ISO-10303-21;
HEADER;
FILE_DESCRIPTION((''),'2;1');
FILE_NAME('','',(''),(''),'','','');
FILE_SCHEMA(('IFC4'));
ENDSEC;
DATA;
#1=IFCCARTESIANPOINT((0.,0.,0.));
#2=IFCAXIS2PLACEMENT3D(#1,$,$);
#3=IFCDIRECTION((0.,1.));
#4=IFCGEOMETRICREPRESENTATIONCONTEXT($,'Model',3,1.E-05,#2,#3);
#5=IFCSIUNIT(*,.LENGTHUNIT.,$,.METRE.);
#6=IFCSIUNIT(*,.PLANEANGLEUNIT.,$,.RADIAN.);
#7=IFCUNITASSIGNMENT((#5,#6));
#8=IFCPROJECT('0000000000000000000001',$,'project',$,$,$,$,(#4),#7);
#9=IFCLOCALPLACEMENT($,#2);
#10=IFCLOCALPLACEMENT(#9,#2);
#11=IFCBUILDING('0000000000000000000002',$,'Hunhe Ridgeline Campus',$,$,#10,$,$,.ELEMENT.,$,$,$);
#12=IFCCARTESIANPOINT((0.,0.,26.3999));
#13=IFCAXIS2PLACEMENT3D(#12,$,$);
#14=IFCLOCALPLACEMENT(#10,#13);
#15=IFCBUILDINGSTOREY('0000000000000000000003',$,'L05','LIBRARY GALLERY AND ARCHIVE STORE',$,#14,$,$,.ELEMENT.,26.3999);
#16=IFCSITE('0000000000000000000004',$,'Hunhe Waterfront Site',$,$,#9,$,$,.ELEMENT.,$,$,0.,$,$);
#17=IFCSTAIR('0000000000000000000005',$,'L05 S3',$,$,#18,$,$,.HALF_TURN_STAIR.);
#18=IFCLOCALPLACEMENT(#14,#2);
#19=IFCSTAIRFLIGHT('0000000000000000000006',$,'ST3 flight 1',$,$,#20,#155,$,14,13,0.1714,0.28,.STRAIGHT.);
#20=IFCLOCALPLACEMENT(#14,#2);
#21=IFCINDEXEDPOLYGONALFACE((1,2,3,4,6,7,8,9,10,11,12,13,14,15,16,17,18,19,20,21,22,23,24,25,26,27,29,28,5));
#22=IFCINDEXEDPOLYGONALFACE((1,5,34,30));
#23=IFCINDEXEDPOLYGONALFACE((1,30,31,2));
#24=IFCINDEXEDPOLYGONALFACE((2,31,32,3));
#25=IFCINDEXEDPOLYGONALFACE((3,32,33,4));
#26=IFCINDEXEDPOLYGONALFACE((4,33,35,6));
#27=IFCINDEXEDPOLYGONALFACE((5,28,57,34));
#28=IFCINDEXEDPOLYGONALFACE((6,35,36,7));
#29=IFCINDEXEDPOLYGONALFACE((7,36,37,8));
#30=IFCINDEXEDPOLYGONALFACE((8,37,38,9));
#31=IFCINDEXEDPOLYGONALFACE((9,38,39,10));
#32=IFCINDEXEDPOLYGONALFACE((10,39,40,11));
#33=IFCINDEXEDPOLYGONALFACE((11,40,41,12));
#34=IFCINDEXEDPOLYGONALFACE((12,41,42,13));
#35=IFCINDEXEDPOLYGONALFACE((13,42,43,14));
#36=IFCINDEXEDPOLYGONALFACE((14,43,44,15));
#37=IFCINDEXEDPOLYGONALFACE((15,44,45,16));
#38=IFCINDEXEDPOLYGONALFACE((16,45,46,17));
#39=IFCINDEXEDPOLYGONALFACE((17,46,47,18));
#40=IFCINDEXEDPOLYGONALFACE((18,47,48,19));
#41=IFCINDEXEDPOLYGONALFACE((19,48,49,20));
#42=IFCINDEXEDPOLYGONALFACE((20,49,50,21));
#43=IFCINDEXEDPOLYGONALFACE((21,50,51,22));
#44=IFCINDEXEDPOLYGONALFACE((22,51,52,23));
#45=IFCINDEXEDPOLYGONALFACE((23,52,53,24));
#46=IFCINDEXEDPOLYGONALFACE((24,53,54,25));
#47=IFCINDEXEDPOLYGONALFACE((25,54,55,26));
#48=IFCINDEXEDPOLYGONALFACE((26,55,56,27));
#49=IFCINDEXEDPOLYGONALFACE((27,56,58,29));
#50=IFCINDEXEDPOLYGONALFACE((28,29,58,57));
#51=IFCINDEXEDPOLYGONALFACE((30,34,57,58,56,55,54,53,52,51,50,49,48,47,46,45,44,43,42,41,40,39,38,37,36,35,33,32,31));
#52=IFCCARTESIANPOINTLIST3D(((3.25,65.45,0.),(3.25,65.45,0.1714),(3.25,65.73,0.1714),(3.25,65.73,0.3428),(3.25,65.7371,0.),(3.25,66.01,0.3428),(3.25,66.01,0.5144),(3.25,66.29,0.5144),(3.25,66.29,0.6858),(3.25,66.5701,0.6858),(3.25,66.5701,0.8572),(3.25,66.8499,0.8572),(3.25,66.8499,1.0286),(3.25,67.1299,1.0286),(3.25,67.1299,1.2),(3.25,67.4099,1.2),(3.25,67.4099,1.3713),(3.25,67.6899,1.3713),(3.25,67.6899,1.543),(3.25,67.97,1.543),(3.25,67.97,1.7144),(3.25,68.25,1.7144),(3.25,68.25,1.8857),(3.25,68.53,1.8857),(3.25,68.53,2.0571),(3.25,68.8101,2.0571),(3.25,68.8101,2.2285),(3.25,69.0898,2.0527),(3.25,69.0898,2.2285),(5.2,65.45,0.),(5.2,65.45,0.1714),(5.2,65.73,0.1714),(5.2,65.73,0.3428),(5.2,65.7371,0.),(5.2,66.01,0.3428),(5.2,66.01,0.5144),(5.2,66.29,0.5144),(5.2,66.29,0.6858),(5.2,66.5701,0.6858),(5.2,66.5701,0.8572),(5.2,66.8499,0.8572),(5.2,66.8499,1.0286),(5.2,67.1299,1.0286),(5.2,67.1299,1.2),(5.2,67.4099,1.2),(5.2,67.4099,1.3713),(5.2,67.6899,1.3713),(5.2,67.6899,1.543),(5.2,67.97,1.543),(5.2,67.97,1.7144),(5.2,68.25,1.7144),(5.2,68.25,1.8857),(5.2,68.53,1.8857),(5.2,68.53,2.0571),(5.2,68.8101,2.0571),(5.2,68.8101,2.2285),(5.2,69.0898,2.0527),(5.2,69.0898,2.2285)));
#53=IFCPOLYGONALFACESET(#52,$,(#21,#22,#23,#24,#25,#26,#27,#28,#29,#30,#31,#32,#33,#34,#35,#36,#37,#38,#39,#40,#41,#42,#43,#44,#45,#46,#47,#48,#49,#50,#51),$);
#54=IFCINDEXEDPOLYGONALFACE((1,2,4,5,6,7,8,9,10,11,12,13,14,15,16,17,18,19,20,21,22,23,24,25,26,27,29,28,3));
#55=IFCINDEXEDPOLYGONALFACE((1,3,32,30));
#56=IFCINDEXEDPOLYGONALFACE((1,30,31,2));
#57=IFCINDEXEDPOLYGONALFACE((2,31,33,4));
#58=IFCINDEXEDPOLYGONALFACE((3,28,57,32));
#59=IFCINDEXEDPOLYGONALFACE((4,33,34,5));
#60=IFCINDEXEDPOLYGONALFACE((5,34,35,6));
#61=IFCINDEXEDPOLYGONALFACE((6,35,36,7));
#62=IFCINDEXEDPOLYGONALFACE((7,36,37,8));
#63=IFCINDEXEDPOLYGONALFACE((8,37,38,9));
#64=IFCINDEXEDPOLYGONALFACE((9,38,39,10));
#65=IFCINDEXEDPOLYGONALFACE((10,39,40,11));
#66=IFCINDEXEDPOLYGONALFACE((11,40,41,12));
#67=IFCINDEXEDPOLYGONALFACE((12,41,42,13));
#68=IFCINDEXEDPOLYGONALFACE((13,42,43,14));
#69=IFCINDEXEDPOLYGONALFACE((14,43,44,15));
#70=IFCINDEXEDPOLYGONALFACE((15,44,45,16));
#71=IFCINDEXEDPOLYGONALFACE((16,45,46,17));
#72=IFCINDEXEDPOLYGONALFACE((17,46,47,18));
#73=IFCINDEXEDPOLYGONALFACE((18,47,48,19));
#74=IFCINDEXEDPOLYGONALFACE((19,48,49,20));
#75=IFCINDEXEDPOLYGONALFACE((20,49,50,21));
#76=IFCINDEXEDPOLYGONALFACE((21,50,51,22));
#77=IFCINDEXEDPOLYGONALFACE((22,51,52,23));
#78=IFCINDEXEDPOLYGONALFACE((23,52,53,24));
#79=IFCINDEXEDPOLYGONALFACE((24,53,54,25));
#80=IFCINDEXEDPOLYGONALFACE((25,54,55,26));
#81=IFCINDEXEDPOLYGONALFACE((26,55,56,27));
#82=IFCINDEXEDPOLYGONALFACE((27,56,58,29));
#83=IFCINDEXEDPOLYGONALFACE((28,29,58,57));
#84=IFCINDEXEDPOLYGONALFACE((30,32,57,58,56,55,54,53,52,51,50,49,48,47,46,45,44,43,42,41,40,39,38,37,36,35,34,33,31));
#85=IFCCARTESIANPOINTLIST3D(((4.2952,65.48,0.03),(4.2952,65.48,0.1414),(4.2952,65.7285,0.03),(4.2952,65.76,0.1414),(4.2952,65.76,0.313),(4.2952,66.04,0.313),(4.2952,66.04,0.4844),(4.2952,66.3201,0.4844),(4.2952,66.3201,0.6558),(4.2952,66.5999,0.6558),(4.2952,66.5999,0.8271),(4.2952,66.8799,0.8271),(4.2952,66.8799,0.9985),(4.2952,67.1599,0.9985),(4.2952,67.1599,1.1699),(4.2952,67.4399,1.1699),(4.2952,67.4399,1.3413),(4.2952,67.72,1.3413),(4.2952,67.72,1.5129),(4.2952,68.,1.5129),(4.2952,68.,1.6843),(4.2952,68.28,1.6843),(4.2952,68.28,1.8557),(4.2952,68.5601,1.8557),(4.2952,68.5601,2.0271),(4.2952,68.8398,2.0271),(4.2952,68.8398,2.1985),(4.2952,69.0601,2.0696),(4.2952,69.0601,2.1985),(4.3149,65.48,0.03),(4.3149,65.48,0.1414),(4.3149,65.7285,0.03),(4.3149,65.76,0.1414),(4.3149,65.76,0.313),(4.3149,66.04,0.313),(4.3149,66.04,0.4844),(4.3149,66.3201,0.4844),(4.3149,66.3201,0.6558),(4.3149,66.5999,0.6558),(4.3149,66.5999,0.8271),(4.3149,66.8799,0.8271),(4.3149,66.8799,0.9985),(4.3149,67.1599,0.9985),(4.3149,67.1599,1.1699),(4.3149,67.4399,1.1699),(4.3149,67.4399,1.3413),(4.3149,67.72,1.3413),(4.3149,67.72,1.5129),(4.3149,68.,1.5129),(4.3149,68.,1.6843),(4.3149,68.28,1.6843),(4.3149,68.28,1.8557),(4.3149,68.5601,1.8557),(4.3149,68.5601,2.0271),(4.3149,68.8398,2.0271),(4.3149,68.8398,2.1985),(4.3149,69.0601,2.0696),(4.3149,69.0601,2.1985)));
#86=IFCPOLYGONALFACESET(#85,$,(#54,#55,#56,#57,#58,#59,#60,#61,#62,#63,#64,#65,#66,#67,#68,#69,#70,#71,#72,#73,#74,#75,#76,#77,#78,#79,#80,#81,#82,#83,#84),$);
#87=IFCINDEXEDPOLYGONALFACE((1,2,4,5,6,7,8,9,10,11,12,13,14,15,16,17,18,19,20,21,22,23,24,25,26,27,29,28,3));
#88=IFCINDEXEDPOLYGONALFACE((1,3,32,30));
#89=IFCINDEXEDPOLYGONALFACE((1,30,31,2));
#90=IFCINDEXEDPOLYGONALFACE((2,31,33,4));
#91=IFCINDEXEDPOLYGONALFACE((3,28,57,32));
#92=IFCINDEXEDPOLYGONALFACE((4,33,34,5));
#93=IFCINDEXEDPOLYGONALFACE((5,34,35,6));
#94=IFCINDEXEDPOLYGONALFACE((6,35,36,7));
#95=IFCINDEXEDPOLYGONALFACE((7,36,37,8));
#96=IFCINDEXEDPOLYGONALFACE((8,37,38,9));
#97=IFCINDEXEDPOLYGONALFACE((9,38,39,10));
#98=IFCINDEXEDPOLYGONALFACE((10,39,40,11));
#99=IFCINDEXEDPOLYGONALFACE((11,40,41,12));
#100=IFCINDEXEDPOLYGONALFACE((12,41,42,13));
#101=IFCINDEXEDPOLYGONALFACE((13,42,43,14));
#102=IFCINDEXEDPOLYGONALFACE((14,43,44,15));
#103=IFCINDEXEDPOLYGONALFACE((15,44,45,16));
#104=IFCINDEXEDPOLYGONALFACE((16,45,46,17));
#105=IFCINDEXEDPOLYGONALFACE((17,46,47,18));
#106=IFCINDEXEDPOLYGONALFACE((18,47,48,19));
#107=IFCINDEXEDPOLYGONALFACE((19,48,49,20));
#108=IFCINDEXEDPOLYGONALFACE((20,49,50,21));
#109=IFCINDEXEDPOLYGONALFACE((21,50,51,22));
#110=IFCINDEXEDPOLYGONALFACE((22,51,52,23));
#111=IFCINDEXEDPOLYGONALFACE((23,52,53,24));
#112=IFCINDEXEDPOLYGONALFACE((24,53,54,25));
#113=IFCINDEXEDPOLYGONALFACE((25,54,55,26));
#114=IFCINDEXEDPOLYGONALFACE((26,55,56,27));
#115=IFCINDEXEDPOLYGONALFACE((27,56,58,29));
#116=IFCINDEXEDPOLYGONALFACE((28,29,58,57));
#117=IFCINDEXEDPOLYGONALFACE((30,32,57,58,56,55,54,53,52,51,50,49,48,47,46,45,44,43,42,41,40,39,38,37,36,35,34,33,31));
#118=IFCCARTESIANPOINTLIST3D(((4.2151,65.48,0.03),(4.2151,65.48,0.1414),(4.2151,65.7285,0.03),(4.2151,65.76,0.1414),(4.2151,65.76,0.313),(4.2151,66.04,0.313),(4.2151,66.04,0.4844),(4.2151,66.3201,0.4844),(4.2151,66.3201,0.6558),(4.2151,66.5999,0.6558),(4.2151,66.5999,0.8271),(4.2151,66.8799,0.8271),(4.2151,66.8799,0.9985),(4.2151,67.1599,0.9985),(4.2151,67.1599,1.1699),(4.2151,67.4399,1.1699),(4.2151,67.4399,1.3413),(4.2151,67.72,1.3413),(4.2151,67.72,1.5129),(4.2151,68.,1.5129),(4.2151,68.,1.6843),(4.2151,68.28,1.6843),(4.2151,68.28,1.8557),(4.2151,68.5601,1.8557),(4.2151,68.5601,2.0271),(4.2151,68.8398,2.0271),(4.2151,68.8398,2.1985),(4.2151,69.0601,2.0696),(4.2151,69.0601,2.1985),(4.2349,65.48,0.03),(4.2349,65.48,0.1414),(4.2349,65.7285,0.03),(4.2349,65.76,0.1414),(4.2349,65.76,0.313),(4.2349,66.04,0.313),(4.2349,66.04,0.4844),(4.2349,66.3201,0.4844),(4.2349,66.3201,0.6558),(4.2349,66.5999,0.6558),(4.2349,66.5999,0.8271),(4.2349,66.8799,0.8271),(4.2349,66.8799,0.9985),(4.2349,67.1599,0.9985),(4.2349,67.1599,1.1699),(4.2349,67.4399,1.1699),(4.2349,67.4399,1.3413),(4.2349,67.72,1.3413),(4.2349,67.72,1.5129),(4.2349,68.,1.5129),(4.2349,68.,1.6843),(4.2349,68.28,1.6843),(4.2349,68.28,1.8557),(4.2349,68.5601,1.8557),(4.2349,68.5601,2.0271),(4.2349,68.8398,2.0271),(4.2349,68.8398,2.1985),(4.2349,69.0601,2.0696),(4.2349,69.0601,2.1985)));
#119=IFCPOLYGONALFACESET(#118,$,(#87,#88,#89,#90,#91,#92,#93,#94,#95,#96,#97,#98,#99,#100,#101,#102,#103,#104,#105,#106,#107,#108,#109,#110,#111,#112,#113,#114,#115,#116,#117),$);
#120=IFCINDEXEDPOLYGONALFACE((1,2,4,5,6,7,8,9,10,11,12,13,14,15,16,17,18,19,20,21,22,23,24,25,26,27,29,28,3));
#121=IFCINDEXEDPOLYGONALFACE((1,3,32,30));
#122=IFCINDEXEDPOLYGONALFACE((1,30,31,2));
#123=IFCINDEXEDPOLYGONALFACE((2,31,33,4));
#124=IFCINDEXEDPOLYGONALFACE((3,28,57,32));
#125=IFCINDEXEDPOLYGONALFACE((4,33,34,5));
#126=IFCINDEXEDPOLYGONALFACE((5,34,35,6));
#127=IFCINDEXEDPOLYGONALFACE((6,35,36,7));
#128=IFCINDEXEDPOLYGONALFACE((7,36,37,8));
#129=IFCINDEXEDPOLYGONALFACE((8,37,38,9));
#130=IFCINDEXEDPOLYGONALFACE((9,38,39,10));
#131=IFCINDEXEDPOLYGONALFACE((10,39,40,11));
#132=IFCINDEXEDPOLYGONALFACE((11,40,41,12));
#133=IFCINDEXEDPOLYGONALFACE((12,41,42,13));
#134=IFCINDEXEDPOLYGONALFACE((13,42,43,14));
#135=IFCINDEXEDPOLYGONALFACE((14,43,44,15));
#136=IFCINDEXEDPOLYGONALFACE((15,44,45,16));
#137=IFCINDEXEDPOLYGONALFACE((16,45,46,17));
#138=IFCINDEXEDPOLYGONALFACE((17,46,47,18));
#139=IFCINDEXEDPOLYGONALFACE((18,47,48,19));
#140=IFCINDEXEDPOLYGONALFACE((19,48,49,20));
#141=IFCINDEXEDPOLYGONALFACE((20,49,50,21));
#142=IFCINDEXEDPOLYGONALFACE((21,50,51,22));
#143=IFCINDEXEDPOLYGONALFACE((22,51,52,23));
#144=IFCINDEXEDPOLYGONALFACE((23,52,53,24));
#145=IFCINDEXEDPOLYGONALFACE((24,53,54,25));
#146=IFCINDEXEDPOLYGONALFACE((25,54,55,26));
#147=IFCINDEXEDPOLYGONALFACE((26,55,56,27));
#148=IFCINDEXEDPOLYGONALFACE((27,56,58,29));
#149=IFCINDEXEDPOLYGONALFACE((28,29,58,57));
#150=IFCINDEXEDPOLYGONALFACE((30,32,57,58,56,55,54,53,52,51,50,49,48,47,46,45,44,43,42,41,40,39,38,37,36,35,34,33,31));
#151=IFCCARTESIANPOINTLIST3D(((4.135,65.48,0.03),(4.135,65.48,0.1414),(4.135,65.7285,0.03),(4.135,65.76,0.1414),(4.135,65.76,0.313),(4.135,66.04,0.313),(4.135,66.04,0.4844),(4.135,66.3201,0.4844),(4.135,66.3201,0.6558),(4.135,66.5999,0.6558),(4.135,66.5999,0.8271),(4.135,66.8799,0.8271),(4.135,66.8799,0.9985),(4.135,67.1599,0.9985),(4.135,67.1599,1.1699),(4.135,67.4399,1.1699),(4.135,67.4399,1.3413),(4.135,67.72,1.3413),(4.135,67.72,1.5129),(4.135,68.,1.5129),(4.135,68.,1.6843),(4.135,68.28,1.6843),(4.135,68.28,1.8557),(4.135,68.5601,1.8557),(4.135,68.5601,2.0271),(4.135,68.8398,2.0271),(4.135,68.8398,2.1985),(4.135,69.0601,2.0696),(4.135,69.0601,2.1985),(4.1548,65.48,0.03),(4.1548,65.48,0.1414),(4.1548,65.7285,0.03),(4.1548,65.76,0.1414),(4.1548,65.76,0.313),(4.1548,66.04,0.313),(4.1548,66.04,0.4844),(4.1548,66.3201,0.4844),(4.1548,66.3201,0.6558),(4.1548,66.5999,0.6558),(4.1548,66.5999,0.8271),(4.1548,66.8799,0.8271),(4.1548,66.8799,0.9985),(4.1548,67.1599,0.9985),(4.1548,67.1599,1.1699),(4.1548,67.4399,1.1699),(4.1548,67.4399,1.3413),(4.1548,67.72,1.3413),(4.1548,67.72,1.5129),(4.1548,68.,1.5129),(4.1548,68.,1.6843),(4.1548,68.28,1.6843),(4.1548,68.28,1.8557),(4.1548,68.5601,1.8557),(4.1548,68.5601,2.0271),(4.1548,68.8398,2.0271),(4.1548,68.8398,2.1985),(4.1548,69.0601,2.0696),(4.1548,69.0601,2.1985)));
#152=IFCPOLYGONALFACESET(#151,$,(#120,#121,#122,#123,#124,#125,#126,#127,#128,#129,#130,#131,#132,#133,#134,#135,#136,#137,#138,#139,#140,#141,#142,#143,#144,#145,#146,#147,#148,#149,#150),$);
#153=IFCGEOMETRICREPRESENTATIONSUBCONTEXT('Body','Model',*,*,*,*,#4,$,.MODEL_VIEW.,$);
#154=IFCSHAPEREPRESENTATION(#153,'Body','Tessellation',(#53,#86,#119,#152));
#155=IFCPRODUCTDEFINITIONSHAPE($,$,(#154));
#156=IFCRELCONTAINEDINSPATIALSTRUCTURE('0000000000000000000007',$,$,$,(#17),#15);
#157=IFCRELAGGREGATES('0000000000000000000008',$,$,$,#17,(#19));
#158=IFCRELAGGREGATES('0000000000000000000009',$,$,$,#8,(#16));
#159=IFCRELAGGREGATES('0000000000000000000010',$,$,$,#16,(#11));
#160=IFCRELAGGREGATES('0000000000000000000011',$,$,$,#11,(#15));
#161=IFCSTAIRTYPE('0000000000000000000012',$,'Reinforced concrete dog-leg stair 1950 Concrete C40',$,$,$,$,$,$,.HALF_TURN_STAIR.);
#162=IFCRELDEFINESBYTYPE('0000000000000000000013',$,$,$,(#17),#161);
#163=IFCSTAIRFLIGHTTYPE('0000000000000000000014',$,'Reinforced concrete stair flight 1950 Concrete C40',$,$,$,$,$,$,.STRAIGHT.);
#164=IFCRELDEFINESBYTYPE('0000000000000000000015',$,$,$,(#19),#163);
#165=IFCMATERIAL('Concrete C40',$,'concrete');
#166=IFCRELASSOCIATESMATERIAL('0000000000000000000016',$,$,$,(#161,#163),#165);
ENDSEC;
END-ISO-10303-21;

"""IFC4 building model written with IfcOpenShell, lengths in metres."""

from ifc_helpers import new_model, si_unit, direction, frame, origin, place, context, subcontext, project, spatial, polyline, outline, extrude, material, type_object, element, aggregate, save


model = new_model("IFC4")

# Units and contexts
model_context = context("Model", 3, precision=1e-05, world=origin(), true_north=direction((0.0, 1.0)))
body_context = subcontext(model_context, "Body", "Model", "MODEL_VIEW")
ifc_project = project(units=[si_unit("LENGTHUNIT", "METRE"), si_unit("PLANEANGLEUNIT", "RADIAN")], contexts=[model_context])

# Site, building, storey
site_placement = place(None, origin())
site = spatial("IfcSite", under=ifc_project, at=site_placement, Name="Hunhe Waterfront Site", CompositionType="ELEMENT", RefElevation=0.0)
building_placement = place(site_placement, origin())
building = spatial("IfcBuilding", under=site, at=building_placement, Name="Hunhe Ridgeline Campus", CompositionType="ELEMENT")
storey_placement = place(building_placement, frame((0.0, 0.0, 26.3999)))
storey = spatial("IfcBuildingStorey", under=building, at=storey_placement, Name="L05", Description="LIBRARY GALLERY AND ARCHIVE STORE", CompositionType="ELEMENT", Elevation=26.3999)

# Stair, stair flight
ifc_material_1 = material(Name="Concrete C40", Category="concrete")
stair_type = type_object("IfcStairType", Name="Reinforced concrete dog-leg stair 1950 Concrete C40", PredefinedType="HALF_TURN_STAIR", material=ifc_material_1)
stair_1_placement = place(storey_placement, origin())
stair_1 = element("IfcStair", 1, at=stair_1_placement, inside=storey, type_object=stair_type, Name="L05 S3", PredefinedType="HALF_TURN_STAIR")
stair_flight_type = type_object("IfcStairFlightType", Name="Reinforced concrete stair flight 1950 Concrete C40", PredefinedType="STRAIGHT", material=ifc_material_1)
stair_flight_1_placement = place(storey_placement, frame((4.2251, 65.45, 0.0), z_axis=(0.0, 0.0, 1.0), x_axis=(0.0, 1.0, 0.0)))
stair_flight_1 = element("IfcStairFlight", 2, at=stair_flight_1_placement, type_object=stair_flight_type, Name="ST3 flight 1", NumberOfRisers=14, NumberOfTreads=13, PredefinedType="STRAIGHT", RiserHeight=0.1714, TreadLength=0.28, context=body_context, shape_type="SweptSolid", body=[
    extrude(outline(polyline([(0.0, 0.0), (0.0, 0.1714), (0.28, 0.1714), (0.28, 0.3428), (0.5601, 0.3428), (0.5601, 0.5144), (0.8401, 0.5144), (0.8401, 0.6858), (1.1201, 0.6858), (1.1201, 0.8572), (1.3999, 0.8572), (1.3999, 1.0286), (1.6799, 1.0286), (1.6799, 1.2), (1.96, 1.2), (1.96, 1.3713), (2.24, 1.3713), (2.24, 1.543), (2.52, 1.543), (2.52, 1.7144), (2.8, 1.7144), (2.8, 1.8857), (3.0801, 1.8857), (3.0801, 2.0571), (3.3601, 2.0571), (3.3601, 2.2285), (3.6399, 2.2285), (3.6399, 2.3999), (3.6399, 2.0527), (0.2871, 0.0), (0.0, 0.0)])), frame((0.0, 0.9751, 0.0), z_axis=(0.0, -1.0, 0.0), x_axis=(1.0, 0.0, 0.0)), (0.0, 0.0, 1.0), 1.95),
    extrude(outline(polyline([(0.03, 0.03), (0.03, 0.1414), (0.3101, 0.1414), (0.3101, 0.313), (0.5901, 0.313), (0.5901, 0.4844), (0.8701, 0.4844), (0.8701, 0.6558), (1.1499, 0.6558), (1.1499, 0.8271), (1.4299, 0.8271), (1.4299, 0.9985), (1.71, 0.9985), (1.71, 1.1699), (1.99, 1.1699), (1.99, 1.3413), (2.27, 1.3413), (2.27, 1.5129), (2.55, 1.5129), (2.55, 1.6843), (2.8301, 1.6843), (2.8301, 1.8557), (3.1101, 1.8557), (3.1101, 2.0271), (3.3899, 2.0271), (3.3899, 2.1985), (3.6101, 2.1985), (3.6101, 2.0696), (0.2786, 0.03), (0.03, 0.03)])), frame((0.0, -0.0701, 0.0), z_axis=(0.0, -1.0, 0.0), x_axis=(1.0, 0.0, 0.0)), (0.0, 0.0, 1.0), 0.0198),
    extrude(outline(polyline([(0.03, 0.03), (0.03, 0.1414), (0.3101, 0.1414), (0.3101, 0.313), (0.5901, 0.313), (0.5901, 0.4844), (0.8701, 0.4844), (0.8701, 0.6558), (1.1499, 0.6558), (1.1499, 0.8271), (1.4299, 0.8271), (1.4299, 0.9985), (1.71, 0.9985), (1.71, 1.1699), (1.99, 1.1699), (1.99, 1.3413), (2.27, 1.3413), (2.27, 1.5129), (2.55, 1.5129), (2.55, 1.6843), (2.8301, 1.6843), (2.8301, 1.8557), (3.1101, 1.8557), (3.1101, 2.0271), (3.3899, 2.0271), (3.3899, 2.1985), (3.6101, 2.1985), (3.6101, 2.0696), (0.2786, 0.03), (0.03, 0.03)])), frame((0.0, 0.01, 0.0), z_axis=(0.0, -1.0, 0.0), x_axis=(1.0, 0.0, 0.0)), (0.0, 0.0, 1.0), 0.0198),
    extrude(outline(polyline([(0.03, 0.03), (0.03, 0.1414), (0.3101, 0.1414), (0.3101, 0.313), (0.5901, 0.313), (0.5901, 0.4844), (0.8701, 0.4844), (0.8701, 0.6558), (1.1499, 0.6558), (1.1499, 0.8271), (1.4299, 0.8271), (1.4299, 0.9985), (1.71, 0.9985), (1.71, 1.1699), (1.99, 1.1699), (1.99, 1.3413), (2.27, 1.3413), (2.27, 1.5129), (2.55, 1.5129), (2.55, 1.6843), (2.8301, 1.6843), (2.8301, 1.8557), (3.1101, 1.8557), (3.1101, 2.0271), (3.3899, 2.0271), (3.3899, 2.1985), (3.6101, 2.1985), (3.6101, 2.0696), (0.2786, 0.03), (0.03, 0.03)])), frame((0.0, 0.0901, 0.0), z_axis=(0.0, -1.0, 0.0), x_axis=(1.0, 0.0, 0.0)), (0.0, 0.0, 1.0), 0.0198),
])
aggregate(stair_1, [stair_flight_1])

save(model, "model.ifc")
